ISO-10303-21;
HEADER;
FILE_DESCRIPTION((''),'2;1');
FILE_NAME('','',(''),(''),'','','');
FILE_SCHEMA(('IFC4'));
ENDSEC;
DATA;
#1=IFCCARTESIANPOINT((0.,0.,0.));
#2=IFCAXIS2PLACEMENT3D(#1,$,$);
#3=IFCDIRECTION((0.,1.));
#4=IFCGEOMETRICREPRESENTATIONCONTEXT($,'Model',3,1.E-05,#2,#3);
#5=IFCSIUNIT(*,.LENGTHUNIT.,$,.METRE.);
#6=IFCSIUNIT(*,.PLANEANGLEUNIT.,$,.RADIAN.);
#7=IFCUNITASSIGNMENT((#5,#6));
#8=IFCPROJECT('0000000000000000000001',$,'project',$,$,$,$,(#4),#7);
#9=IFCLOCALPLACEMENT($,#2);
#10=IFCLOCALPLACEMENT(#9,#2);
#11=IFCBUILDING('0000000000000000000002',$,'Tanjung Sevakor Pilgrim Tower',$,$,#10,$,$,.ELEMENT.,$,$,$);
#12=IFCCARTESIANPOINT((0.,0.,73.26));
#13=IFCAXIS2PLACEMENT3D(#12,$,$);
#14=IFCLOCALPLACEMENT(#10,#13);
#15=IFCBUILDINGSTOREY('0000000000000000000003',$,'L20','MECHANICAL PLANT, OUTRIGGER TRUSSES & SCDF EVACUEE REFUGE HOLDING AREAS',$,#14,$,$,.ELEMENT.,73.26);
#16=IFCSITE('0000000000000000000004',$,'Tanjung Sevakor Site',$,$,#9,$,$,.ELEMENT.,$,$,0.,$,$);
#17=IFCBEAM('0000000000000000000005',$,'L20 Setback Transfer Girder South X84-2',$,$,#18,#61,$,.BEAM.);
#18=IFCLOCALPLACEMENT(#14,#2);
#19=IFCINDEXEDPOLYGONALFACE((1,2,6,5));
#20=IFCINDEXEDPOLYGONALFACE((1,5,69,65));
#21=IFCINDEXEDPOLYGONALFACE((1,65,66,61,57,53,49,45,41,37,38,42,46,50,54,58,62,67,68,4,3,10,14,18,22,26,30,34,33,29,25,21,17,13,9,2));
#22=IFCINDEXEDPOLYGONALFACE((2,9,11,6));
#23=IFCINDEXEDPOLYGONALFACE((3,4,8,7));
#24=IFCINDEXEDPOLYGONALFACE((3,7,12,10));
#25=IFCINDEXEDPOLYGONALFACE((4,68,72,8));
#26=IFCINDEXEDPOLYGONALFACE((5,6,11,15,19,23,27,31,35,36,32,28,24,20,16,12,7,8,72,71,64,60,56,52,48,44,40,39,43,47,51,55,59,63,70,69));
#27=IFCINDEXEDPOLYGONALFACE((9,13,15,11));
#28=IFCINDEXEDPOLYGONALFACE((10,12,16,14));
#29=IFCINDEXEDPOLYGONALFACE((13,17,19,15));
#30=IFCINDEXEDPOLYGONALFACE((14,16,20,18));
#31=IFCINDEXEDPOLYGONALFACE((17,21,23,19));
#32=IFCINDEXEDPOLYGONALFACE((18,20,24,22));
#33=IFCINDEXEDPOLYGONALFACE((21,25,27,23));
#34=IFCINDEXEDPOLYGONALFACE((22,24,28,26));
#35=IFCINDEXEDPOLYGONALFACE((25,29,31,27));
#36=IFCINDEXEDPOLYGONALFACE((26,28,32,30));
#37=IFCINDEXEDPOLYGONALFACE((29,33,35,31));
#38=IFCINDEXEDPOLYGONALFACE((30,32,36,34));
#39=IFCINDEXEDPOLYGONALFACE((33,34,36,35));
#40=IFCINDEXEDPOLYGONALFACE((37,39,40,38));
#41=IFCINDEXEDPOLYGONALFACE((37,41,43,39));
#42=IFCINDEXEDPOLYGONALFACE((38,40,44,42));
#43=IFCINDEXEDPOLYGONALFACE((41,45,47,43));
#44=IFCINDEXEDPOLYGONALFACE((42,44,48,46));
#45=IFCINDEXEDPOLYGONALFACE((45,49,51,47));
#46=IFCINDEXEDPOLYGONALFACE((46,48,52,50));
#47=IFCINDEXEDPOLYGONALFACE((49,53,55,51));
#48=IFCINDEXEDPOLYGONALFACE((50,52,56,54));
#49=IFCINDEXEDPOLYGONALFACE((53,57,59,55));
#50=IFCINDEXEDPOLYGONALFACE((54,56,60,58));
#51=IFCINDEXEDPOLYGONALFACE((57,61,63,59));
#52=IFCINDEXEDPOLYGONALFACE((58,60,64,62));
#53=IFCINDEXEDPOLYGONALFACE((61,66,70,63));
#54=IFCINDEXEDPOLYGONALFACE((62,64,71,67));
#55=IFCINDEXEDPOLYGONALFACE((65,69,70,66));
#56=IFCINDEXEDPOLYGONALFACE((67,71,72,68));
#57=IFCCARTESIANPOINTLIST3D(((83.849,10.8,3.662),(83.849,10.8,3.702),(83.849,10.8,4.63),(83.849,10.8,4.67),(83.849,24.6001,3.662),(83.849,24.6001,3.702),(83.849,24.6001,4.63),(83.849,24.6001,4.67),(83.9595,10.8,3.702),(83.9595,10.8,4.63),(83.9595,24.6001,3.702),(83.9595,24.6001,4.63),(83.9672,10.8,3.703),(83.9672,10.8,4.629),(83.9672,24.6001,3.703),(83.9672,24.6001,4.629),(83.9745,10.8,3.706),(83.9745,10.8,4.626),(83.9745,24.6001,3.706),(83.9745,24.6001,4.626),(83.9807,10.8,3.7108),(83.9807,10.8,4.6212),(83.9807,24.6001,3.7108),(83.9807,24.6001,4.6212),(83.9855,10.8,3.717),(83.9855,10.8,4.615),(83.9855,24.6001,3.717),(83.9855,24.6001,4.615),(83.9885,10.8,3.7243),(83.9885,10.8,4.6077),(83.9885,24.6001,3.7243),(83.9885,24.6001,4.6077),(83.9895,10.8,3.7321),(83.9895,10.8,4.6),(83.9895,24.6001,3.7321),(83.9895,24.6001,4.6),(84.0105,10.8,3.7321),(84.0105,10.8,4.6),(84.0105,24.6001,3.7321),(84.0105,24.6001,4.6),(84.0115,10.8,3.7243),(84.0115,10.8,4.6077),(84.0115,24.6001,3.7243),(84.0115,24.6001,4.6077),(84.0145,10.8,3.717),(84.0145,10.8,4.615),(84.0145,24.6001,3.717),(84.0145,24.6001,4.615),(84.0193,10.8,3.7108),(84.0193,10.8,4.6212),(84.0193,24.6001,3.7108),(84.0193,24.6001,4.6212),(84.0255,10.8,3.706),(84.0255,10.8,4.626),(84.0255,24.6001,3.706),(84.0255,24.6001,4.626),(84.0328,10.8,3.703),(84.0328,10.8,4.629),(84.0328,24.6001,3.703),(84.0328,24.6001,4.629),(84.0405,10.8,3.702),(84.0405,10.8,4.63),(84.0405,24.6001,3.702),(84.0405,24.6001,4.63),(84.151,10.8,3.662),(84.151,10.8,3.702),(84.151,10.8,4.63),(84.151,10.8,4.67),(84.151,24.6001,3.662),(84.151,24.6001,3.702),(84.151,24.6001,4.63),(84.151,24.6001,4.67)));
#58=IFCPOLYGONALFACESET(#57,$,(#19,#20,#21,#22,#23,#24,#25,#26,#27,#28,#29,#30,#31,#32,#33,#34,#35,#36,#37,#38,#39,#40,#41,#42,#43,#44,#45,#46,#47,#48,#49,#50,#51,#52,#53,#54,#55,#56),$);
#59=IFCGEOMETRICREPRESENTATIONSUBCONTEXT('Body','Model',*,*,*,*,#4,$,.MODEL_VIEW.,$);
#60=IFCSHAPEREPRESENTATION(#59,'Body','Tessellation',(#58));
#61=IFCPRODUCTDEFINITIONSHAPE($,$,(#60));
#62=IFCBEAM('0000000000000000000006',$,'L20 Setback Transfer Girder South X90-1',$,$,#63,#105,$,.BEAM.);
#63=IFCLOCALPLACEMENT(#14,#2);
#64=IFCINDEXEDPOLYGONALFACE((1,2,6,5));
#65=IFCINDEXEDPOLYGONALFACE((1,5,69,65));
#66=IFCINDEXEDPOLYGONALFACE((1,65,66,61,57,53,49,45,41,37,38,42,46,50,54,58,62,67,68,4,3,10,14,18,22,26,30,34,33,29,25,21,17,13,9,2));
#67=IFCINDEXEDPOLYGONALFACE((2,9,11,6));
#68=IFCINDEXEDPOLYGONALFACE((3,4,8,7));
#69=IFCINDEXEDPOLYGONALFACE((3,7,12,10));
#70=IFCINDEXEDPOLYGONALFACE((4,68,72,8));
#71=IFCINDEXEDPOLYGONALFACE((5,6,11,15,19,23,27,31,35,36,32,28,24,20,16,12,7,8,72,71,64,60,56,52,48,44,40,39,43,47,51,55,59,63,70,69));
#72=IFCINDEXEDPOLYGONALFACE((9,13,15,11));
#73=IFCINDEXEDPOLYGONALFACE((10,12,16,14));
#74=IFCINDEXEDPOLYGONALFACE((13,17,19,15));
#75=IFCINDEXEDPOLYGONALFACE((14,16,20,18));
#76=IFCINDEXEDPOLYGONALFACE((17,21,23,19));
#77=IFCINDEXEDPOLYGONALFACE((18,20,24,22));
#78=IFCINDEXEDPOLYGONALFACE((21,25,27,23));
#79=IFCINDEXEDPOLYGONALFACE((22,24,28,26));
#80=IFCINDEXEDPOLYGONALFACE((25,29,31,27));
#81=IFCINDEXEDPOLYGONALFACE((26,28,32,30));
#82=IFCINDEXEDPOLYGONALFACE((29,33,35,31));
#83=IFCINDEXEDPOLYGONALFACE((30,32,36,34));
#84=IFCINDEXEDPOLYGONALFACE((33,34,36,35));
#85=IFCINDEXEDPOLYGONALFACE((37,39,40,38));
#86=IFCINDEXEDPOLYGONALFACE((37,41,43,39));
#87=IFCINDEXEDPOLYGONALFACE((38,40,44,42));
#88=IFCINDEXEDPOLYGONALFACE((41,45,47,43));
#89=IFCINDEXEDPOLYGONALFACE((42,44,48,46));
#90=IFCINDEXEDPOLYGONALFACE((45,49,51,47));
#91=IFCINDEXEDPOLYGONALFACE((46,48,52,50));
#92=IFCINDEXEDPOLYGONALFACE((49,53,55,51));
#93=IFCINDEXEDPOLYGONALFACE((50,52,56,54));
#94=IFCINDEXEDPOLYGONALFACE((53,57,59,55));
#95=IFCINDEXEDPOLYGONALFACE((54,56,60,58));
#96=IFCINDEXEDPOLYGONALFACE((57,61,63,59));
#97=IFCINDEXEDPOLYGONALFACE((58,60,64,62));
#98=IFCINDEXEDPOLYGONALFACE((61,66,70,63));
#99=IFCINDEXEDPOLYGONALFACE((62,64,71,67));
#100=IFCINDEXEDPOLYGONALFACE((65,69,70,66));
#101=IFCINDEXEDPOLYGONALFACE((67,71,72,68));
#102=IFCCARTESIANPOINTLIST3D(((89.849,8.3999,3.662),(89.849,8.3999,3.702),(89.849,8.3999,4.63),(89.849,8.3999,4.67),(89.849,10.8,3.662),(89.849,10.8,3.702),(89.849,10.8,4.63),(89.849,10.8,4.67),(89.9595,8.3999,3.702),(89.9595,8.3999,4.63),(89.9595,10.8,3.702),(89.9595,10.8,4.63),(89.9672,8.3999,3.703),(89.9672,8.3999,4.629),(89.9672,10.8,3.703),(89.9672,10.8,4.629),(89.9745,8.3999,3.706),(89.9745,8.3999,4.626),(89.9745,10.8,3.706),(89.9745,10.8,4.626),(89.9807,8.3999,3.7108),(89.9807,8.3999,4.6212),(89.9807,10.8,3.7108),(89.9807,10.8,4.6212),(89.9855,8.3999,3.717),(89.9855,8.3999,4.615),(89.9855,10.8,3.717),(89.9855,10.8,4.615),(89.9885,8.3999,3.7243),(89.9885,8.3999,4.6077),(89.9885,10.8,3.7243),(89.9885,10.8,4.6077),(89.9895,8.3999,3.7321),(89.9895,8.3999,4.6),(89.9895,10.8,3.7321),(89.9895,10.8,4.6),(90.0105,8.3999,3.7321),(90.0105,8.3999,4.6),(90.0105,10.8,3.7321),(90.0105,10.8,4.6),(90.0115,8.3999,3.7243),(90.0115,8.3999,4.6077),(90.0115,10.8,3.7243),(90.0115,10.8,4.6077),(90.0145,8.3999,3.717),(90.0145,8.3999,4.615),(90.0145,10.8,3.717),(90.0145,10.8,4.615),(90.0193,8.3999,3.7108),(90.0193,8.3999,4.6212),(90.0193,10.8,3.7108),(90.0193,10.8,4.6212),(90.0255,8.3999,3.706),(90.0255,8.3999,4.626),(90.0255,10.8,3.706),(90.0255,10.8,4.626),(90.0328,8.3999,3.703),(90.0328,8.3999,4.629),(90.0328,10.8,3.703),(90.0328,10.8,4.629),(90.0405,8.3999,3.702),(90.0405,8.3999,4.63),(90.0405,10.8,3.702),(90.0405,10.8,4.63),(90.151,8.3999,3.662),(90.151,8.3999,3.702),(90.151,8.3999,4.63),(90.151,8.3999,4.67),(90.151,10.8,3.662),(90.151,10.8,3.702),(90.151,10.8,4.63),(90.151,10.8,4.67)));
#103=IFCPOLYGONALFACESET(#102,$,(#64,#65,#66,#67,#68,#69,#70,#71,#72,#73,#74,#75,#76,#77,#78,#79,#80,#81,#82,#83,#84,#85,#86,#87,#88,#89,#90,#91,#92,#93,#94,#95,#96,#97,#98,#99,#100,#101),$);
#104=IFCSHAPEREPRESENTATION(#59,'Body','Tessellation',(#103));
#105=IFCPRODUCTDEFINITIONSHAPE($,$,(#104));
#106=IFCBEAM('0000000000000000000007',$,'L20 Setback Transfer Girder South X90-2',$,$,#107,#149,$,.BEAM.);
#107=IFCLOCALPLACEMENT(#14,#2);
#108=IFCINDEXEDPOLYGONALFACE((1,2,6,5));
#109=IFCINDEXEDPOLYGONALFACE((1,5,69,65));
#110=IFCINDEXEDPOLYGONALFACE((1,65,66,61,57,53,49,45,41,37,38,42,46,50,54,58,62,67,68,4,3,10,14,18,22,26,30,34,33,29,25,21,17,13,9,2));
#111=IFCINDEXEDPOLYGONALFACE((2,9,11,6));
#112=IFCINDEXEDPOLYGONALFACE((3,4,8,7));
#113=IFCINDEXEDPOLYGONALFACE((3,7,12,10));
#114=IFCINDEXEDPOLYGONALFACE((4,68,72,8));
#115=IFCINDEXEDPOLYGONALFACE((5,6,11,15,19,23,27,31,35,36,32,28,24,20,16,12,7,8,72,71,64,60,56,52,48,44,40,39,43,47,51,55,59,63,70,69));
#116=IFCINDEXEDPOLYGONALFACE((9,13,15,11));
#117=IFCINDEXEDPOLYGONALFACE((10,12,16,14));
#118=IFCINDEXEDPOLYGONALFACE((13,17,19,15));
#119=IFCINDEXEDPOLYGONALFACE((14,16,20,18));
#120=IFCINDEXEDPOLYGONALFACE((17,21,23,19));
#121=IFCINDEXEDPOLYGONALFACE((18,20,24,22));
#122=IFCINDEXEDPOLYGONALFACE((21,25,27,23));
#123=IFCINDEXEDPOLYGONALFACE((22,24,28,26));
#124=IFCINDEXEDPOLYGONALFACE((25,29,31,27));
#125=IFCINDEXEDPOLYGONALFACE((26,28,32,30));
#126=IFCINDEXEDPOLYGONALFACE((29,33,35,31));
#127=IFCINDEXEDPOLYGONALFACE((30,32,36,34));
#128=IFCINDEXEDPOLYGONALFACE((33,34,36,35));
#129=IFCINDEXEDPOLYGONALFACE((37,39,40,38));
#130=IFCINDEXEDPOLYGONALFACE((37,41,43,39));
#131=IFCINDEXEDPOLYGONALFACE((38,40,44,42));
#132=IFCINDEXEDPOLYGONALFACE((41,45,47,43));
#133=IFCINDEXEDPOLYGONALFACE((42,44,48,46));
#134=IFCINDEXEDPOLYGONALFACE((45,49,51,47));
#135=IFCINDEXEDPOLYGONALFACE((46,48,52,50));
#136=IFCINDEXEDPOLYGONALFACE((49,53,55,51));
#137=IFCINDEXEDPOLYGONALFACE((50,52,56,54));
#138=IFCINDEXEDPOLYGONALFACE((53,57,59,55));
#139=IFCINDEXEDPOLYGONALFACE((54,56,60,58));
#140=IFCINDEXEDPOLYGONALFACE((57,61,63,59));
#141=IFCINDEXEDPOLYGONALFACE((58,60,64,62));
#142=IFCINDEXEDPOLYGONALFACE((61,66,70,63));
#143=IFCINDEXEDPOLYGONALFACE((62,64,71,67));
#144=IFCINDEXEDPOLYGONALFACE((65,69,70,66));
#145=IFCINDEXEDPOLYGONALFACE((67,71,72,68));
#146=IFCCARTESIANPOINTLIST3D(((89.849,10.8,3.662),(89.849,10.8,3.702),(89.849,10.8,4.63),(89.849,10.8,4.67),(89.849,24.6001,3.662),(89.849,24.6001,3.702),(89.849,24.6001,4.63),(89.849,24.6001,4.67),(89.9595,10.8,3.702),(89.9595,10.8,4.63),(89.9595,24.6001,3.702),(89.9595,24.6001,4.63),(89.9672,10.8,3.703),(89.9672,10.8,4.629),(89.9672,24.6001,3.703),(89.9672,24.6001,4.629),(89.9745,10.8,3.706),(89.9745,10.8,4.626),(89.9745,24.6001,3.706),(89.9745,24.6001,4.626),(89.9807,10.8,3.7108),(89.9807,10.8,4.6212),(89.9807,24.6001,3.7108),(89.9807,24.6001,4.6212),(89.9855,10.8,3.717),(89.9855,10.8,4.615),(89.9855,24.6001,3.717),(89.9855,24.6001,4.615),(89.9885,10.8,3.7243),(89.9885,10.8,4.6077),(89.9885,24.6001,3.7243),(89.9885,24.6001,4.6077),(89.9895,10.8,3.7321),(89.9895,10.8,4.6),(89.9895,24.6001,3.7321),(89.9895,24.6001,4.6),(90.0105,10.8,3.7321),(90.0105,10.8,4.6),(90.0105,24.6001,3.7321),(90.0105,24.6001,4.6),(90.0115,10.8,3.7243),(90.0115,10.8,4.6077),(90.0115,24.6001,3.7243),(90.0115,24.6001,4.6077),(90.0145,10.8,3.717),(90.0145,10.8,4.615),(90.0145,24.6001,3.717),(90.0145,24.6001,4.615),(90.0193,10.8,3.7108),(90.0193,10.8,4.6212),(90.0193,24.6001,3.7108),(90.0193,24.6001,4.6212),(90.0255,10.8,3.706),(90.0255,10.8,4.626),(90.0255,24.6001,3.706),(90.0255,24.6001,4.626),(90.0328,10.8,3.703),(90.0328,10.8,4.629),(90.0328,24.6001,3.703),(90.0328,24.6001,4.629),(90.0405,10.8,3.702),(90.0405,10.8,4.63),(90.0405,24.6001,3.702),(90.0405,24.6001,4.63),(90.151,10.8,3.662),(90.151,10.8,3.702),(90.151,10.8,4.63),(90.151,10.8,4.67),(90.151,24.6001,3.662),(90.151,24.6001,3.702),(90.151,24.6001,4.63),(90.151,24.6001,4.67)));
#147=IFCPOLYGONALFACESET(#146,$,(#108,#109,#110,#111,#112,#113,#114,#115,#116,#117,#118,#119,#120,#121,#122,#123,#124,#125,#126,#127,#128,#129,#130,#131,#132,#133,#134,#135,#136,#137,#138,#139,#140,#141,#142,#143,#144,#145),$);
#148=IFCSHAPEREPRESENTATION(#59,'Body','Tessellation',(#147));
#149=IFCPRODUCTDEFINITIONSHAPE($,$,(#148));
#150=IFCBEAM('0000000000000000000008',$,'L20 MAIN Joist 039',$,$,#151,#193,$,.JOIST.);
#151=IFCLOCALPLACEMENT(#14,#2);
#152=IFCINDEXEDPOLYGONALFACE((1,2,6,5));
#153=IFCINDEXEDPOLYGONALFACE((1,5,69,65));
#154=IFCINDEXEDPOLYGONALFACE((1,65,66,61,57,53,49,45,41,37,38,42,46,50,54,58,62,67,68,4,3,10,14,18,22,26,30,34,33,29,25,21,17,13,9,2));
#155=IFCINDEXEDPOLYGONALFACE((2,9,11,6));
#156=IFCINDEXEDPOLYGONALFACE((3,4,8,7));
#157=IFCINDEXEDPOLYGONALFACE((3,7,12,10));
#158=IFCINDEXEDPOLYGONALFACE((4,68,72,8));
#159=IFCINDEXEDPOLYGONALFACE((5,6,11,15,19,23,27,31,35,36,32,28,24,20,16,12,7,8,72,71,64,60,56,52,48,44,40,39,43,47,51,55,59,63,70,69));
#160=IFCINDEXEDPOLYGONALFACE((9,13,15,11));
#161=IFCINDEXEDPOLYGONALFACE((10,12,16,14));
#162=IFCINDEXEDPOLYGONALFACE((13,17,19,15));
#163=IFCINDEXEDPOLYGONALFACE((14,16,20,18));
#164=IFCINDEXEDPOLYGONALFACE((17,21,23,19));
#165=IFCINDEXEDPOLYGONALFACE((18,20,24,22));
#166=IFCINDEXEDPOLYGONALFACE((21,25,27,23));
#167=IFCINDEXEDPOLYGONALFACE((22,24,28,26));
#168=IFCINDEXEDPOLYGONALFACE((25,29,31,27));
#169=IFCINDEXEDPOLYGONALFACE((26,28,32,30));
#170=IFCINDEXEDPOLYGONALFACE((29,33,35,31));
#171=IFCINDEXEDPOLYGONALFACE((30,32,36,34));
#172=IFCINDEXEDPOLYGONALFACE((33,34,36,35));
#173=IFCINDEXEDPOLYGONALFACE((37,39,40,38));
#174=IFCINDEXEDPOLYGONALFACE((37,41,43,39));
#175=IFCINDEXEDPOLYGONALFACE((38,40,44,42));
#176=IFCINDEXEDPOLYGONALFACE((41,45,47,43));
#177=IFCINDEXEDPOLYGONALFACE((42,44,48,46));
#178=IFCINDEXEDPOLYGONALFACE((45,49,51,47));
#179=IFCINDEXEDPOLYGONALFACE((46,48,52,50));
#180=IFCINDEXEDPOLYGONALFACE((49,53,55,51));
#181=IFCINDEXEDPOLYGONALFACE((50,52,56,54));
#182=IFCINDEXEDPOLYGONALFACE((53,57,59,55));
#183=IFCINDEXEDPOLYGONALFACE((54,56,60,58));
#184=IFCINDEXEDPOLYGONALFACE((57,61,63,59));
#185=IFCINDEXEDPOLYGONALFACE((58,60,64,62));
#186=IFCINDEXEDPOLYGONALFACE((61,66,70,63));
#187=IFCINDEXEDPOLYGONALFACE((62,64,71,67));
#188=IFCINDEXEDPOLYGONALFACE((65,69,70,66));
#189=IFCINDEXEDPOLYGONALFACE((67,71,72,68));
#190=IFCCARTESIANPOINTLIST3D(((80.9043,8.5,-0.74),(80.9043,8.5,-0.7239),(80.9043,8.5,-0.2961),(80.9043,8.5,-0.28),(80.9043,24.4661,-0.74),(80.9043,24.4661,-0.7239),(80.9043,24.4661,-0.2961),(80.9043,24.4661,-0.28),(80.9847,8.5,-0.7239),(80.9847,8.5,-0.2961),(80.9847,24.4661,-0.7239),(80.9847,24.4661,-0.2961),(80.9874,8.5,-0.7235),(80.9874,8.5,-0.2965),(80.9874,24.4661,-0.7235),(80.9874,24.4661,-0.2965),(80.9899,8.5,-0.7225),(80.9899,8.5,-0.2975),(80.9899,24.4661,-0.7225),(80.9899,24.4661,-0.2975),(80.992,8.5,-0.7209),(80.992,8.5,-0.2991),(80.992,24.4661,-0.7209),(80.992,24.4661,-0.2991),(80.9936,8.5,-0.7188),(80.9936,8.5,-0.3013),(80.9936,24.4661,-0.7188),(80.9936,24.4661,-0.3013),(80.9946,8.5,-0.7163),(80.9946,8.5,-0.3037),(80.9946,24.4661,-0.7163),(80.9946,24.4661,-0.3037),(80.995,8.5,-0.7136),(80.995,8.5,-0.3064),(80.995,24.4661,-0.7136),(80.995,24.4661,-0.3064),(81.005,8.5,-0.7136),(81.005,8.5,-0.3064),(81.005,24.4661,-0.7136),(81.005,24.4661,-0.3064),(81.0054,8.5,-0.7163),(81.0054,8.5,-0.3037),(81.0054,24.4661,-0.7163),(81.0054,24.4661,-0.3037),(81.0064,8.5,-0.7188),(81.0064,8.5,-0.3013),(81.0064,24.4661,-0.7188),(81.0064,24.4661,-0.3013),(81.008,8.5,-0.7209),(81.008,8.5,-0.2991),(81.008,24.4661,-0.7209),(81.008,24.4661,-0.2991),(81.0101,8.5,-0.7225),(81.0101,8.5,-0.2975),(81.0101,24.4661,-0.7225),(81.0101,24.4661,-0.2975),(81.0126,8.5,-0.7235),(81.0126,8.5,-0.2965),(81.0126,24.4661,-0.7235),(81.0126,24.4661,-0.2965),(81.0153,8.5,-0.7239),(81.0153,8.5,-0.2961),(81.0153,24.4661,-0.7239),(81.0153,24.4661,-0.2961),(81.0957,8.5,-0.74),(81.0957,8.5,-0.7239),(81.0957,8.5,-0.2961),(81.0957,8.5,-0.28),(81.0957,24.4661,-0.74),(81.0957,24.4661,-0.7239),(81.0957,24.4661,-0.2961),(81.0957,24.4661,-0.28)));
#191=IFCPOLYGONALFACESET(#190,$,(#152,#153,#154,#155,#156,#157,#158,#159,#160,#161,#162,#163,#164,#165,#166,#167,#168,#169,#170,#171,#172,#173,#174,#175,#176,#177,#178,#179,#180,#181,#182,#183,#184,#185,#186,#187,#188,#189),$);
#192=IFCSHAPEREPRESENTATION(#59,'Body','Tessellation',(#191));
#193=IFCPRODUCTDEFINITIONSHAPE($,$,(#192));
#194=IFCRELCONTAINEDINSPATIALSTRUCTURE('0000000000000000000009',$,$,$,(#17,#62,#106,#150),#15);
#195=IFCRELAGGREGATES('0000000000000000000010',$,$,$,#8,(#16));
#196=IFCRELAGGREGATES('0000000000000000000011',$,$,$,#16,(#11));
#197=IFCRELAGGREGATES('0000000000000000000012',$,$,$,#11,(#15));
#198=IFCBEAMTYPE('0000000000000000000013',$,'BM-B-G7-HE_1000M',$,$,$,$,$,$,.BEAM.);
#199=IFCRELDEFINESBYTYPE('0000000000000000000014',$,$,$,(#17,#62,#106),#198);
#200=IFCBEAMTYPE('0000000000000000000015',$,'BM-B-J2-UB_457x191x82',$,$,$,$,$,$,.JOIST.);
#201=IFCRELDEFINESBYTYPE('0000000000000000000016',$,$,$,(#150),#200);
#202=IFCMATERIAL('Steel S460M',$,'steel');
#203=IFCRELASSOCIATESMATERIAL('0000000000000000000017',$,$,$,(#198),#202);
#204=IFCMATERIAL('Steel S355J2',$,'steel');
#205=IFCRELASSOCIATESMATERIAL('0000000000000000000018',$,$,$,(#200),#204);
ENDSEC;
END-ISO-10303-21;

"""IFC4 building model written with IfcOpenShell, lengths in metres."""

from ifc_helpers import new_model, si_unit, direction, frame, origin, origin_2d, place, context, subcontext, project, spatial, i_section, extrude, material, material_profile, profile_set, type_object, element, save


model = new_model("IFC4")

# Units and contexts
model_context = context("Model", 3, precision=1e-05, world=origin(), true_north=direction((0.0, 1.0)))
body_context = subcontext(model_context, "Body", "Model", "MODEL_VIEW")
ifc_project = project(units=[si_unit("LENGTHUNIT", "METRE"), si_unit("PLANEANGLEUNIT", "RADIAN")], contexts=[model_context])

# Site, building, storey
site_placement = place(None, origin())
site = spatial("IfcSite", under=ifc_project, at=site_placement, Name="Tanjung Sevakor Site", CompositionType="ELEMENT", RefElevation=0.0)
building_placement = place(site_placement, origin())
building = spatial("IfcBuilding", under=site, at=building_placement, Name="Tanjung Sevakor Pilgrim Tower", CompositionType="ELEMENT")
storey_placement = place(building_placement, frame((0.0, 0.0, 73.26)))
storey = spatial("IfcBuildingStorey", under=building, at=storey_placement, Name="L20", Description="MECHANICAL PLANT, OUTRIGGER TRUSSES & SCDF EVACUEE REFUGE HOLDING AREAS", CompositionType="ELEMENT", Elevation=73.26)

# Beams
ifc_material_1 = material(Name="Steel S460M", Category="steel")
ifc_material_profile_1 = material_profile(ifc_material_1, i_section(OverallWidth=0.302, OverallDepth=1.0081, WebThickness=0.021, FlangeThickness=0.04, FilletRadius=0.03, at=origin_2d()))
ifc_profile_set_1 = profile_set([ifc_material_profile_1], Name="Steel S460M")
beam_type_1 = type_object("IfcBeamType", Name="BM-B-G7-HE_1000M", PredefinedType="BEAM", material=ifc_profile_set_1)
beam_1_placement = place(storey_placement, frame((84.0, 10.8, 4.166), z_axis=(0.0, 1.0, 0.0), x_axis=(-1.0, 0.0, 0.0)))
element("IfcBeam", 1, at=beam_1_placement, inside=storey, type_object=beam_type_1, Name="L20 Setback Transfer Girder South X84-2", PredefinedType="BEAM", context=body_context, shape_type="SweptSolid", body=[
    extrude(i_section(OverallWidth=0.302, OverallDepth=1.0081, WebThickness=0.021, FlangeThickness=0.04, FilletRadius=0.03, at=origin_2d()), origin(), (0.0, 0.0, 1.0), 13.8),
])
beam_2_placement = place(storey_placement, frame((90.0, 8.3999, 4.166), z_axis=(0.0, 1.0, 0.0), x_axis=(-1.0, 0.0, 0.0)))
element("IfcBeam", 2, at=beam_2_placement, inside=storey, type_object=beam_type_1, Name="L20 Setback Transfer Girder South X90-1", PredefinedType="BEAM", context=body_context, shape_type="SweptSolid", body=[
    extrude(i_section(OverallWidth=0.302, OverallDepth=1.0081, WebThickness=0.021, FlangeThickness=0.04, FilletRadius=0.03, at=origin_2d()), origin(), (0.0, 0.0, 1.0), 2.4001),
])
beam_3_placement = place(storey_placement, frame((90.0, 10.8, 4.166), z_axis=(0.0, 1.0, 0.0), x_axis=(-1.0, 0.0, 0.0)))
element("IfcBeam", 3, at=beam_3_placement, inside=storey, type_object=beam_type_1, Name="L20 Setback Transfer Girder South X90-2", PredefinedType="BEAM", context=body_context, shape_type="SweptSolid", body=[
    extrude(i_section(OverallWidth=0.302, OverallDepth=1.0081, WebThickness=0.021, FlangeThickness=0.04, FilletRadius=0.03, at=origin_2d()), origin(), (0.0, 0.0, 1.0), 13.8),
])
ifc_material_2 = material(Name="Steel S355J2", Category="steel")
ifc_material_profile_2 = material_profile(ifc_material_2, i_section(OverallWidth=0.1914, OverallDepth=0.46, WebThickness=0.01, FlangeThickness=0.0161, FilletRadius=0.0103, at=origin_2d()))
ifc_profile_set_2 = profile_set([ifc_material_profile_2], Name="Steel S355J2")
beam_type_2 = type_object("IfcBeamType", Name="BM-B-J2-UB_457x191x82", PredefinedType="JOIST", material=ifc_profile_set_2)
for number, where, z_axis, x_axis, name in (
    (4, (81.0, 8.5, -0.51), (0.0, 1.0, 0.0), (-1.0, 0.0, 0.0), "L20 MAIN Joist 039"),
):
    element("IfcBeam", number, at=place(storey_placement, frame(where, z_axis=z_axis, x_axis=x_axis)), inside=storey, type_object=beam_type_2, Name=name, PredefinedType="JOIST", context=body_context, shape_type="SweptSolid", body=[
        extrude(i_section(OverallWidth=0.1914, OverallDepth=0.46, WebThickness=0.01, FlangeThickness=0.0161, FilletRadius=0.0103, at=origin_2d()), origin(), (0.0, 0.0, 1.0), 15.9661),
    ])

save(model, "model.ifc")
